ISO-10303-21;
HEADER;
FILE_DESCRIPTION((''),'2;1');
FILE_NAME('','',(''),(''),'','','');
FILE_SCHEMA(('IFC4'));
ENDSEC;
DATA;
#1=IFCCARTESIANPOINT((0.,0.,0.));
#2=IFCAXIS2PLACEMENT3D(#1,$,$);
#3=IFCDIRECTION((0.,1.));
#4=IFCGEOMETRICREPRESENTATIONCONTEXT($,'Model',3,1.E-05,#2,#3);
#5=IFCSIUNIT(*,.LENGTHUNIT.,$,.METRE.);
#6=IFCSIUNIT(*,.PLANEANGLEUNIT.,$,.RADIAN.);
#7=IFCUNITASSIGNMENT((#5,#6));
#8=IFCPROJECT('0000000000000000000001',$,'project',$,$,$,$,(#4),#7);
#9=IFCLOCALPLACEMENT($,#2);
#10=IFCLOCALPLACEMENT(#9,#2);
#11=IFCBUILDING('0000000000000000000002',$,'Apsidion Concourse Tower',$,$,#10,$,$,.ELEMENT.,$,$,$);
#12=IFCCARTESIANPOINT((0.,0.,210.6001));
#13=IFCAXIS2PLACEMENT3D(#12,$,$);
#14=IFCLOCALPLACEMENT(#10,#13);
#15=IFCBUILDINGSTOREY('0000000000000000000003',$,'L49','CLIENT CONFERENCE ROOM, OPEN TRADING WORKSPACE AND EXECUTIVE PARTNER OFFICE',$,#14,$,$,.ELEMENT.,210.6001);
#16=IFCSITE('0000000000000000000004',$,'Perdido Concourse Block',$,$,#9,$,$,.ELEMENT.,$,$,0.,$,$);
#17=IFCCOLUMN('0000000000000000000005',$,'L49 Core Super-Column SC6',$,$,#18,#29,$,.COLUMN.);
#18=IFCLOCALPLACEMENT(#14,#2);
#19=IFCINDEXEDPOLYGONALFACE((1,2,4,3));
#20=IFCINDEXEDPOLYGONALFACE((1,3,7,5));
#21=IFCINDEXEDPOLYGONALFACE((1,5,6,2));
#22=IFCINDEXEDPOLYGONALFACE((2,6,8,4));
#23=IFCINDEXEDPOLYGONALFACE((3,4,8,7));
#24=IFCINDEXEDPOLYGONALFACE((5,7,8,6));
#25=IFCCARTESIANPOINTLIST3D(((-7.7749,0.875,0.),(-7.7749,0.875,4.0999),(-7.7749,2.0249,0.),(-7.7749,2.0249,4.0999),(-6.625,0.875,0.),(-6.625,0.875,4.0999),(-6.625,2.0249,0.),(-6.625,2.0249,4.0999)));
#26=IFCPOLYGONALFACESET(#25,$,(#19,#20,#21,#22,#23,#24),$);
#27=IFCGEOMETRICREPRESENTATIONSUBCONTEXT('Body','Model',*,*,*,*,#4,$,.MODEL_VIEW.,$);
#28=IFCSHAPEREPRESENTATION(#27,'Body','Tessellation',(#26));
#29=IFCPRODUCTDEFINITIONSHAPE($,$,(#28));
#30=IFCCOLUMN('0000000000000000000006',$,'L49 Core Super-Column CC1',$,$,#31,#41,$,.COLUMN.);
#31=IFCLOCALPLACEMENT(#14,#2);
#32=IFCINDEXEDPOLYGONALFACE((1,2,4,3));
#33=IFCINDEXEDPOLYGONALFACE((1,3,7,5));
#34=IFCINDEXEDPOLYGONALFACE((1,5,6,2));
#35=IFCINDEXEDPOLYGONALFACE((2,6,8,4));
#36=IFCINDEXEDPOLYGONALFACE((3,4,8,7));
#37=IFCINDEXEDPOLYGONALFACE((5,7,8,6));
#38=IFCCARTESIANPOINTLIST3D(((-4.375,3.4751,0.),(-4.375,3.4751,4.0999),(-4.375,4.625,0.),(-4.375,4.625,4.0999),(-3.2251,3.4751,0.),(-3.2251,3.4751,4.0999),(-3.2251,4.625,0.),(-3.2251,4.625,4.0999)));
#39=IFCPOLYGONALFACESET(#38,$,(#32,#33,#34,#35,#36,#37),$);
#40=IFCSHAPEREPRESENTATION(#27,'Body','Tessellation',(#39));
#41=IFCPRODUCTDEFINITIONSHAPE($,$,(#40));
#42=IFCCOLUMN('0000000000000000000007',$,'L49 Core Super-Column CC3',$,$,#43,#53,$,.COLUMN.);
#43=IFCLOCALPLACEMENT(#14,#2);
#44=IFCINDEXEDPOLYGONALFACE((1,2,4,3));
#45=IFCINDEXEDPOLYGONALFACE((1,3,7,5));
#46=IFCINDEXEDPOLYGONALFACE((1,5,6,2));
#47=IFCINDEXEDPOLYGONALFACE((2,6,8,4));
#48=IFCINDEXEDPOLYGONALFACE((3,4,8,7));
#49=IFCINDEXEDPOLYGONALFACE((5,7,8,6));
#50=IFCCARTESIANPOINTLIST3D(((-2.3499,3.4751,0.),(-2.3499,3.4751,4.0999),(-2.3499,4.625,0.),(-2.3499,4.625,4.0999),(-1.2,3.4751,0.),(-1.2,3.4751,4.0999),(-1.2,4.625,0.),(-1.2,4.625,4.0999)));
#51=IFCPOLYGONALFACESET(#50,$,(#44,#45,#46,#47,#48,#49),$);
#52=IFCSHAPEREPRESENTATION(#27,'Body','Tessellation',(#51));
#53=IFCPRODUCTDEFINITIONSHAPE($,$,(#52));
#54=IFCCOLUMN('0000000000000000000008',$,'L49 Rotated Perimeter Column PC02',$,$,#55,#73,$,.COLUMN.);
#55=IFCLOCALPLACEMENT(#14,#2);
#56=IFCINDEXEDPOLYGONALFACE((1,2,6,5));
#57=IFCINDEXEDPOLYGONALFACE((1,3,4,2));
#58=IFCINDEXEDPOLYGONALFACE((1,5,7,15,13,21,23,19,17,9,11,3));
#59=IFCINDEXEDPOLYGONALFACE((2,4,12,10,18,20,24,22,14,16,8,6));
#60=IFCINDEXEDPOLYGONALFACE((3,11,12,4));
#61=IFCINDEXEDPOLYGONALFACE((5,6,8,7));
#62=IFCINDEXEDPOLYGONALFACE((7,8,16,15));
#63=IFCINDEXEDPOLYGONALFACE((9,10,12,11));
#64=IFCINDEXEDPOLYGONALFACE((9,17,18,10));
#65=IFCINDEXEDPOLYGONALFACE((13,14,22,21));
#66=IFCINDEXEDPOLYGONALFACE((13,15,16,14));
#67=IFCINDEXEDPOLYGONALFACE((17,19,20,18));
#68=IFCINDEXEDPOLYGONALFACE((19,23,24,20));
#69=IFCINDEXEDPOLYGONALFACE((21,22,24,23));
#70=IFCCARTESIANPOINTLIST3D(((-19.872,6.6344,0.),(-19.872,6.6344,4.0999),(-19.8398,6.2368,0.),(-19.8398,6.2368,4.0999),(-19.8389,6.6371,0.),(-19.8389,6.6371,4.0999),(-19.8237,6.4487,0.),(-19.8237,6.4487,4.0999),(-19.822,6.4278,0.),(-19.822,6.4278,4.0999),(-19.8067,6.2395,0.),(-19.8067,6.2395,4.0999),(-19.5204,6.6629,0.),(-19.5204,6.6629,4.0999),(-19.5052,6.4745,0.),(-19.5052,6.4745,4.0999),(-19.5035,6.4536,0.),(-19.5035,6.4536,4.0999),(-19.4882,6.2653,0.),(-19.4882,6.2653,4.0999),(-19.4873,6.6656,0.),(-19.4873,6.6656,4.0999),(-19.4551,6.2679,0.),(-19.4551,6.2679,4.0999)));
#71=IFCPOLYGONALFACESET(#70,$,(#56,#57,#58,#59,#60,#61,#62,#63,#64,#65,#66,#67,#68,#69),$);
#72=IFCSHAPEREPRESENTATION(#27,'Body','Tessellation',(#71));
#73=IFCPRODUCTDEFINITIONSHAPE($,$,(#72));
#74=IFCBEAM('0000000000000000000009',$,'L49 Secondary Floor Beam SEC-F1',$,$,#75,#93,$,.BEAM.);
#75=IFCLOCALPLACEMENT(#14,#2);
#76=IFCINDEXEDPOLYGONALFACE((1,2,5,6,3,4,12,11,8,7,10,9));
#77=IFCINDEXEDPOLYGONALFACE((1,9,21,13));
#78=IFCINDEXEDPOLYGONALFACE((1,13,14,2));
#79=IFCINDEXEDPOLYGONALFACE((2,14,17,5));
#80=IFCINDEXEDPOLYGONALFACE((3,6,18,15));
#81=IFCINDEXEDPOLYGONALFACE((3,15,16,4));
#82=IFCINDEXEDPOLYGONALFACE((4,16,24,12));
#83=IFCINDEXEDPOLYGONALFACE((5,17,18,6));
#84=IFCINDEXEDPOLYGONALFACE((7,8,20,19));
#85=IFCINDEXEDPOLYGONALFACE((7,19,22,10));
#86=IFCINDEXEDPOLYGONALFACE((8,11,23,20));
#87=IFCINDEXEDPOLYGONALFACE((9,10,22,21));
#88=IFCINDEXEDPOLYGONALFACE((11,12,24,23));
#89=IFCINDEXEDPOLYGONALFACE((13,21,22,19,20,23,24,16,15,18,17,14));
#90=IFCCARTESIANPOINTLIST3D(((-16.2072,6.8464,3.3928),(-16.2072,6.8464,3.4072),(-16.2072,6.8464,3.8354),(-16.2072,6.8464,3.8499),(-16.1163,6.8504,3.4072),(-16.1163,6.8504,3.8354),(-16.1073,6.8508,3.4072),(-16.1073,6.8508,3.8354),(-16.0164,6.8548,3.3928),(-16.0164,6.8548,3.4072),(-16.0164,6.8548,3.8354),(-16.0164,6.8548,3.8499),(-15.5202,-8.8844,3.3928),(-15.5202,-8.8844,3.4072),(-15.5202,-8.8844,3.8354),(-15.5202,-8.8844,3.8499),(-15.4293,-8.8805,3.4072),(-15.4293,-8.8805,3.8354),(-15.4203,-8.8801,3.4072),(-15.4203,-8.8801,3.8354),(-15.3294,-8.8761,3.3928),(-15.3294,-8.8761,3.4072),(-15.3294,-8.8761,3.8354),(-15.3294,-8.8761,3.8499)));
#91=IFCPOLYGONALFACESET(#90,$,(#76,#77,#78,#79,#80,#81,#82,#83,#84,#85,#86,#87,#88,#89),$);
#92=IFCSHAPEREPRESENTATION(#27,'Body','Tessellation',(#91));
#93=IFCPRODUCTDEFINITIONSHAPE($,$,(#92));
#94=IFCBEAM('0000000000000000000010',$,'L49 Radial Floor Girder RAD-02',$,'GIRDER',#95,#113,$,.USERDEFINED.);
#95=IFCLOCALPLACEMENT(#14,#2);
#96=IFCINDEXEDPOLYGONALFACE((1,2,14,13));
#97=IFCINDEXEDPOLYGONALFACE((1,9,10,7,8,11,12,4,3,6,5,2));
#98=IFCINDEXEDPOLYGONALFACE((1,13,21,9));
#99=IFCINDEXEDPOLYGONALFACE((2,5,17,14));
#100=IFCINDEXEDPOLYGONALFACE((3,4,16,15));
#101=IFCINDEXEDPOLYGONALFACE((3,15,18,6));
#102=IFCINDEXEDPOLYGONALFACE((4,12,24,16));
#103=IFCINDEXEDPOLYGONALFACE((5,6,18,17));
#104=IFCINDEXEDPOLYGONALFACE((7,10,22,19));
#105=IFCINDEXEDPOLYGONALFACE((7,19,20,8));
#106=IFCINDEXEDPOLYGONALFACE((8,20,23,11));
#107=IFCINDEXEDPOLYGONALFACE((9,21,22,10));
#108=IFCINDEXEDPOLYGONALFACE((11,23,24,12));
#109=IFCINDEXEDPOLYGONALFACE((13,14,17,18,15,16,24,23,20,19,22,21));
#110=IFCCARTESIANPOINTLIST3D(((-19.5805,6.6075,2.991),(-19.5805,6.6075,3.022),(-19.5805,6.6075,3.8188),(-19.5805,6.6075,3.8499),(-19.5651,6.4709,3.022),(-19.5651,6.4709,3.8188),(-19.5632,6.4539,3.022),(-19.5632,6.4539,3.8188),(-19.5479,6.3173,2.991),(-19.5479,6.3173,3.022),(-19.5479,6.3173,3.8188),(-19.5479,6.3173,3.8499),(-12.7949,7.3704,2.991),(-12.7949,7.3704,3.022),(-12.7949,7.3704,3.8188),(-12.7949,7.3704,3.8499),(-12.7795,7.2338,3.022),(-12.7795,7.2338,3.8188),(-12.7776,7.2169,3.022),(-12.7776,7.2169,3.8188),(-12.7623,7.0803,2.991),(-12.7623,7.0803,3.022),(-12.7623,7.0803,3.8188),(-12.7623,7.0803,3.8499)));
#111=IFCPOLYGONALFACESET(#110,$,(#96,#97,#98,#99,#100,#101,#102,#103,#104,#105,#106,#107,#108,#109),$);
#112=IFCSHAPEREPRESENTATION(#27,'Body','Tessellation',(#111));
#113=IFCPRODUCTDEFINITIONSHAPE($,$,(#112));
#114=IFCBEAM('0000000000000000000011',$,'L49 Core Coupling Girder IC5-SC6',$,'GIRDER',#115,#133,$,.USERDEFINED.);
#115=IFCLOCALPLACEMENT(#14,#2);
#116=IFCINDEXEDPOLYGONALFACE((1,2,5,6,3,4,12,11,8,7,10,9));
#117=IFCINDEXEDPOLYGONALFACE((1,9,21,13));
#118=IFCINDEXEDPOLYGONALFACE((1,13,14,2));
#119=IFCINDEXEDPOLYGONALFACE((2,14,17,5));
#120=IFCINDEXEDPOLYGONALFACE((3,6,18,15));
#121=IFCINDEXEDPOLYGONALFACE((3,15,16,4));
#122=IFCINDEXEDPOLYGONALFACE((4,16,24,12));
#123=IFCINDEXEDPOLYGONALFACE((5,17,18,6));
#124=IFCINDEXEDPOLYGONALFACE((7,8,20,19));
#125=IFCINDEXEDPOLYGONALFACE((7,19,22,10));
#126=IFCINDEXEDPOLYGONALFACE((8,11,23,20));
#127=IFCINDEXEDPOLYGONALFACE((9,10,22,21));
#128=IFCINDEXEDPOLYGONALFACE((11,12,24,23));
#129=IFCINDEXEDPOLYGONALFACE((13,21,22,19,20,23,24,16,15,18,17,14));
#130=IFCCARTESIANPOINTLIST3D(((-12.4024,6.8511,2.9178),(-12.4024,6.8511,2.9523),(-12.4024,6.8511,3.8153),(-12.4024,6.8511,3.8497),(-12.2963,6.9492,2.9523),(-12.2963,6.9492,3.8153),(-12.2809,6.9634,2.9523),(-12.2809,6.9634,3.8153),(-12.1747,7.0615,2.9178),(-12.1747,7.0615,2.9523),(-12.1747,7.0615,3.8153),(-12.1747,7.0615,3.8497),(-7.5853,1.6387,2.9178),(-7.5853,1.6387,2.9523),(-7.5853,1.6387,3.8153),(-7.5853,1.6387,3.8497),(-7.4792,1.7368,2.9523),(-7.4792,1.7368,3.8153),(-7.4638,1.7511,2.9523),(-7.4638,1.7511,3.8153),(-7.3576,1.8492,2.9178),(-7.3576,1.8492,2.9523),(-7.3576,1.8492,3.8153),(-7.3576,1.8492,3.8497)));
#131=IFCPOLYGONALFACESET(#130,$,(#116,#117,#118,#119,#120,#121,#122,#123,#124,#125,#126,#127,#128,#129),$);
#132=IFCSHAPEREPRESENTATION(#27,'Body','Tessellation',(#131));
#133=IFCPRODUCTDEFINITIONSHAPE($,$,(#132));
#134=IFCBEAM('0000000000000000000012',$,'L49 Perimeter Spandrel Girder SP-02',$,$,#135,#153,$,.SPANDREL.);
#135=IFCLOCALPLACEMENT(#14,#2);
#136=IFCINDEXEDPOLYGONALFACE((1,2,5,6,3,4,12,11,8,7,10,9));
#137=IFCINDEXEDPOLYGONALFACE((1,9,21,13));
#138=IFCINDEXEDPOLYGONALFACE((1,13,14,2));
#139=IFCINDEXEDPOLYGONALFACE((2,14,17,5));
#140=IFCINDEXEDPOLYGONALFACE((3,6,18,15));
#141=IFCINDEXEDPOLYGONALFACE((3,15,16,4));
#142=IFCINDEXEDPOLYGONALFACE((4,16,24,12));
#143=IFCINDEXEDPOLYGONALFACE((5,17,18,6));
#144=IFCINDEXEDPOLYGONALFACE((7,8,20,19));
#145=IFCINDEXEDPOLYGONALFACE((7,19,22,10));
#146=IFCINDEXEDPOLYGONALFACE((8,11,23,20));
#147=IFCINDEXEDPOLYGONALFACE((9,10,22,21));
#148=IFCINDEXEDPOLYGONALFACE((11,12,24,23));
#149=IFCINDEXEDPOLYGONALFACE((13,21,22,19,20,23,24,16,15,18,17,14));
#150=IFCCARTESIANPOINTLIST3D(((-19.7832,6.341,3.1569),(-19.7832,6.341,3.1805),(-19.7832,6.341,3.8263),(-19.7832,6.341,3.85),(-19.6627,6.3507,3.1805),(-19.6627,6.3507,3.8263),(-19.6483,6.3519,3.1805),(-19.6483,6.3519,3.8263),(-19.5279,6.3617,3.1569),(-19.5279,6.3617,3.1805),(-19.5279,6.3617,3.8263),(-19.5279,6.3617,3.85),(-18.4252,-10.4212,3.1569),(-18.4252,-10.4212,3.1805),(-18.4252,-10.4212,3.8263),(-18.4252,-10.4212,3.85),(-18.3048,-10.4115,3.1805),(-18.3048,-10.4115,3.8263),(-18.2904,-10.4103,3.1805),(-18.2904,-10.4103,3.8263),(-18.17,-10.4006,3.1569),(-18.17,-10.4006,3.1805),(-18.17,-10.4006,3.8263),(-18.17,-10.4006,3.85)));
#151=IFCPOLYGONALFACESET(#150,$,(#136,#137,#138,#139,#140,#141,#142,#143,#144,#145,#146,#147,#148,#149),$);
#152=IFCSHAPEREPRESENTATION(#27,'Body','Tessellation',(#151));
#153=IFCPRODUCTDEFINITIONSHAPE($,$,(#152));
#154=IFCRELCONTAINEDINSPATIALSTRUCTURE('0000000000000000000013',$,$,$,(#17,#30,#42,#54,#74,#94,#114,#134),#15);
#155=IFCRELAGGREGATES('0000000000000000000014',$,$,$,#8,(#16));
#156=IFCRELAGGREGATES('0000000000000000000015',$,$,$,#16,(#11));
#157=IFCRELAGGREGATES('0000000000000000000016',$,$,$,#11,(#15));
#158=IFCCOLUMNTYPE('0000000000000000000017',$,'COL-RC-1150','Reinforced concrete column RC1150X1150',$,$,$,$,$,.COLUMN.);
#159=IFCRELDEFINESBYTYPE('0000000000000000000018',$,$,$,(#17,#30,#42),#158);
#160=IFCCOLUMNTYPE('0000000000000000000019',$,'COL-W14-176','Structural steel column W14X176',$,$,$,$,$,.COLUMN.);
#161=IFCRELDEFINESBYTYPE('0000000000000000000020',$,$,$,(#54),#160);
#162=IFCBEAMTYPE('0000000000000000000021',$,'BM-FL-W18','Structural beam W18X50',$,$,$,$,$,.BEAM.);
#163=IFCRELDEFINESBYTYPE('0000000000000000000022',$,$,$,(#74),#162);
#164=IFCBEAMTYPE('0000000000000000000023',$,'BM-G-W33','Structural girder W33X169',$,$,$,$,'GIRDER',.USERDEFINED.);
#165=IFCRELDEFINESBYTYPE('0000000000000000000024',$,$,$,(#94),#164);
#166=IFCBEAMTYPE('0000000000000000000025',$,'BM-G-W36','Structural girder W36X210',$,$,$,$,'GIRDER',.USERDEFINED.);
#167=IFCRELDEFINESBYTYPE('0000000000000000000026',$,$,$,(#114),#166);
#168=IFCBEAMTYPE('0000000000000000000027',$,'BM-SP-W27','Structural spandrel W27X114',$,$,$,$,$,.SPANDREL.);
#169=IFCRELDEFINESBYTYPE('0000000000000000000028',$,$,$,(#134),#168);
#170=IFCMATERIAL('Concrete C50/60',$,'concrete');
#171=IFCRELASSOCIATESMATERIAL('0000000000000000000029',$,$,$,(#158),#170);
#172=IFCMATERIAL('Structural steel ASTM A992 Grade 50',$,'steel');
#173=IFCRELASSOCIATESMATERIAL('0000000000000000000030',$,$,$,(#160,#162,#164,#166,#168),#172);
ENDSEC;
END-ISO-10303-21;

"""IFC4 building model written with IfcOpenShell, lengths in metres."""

from ifc_helpers import new_model, si_unit, direction, frame, origin, origin_2d, place, context, subcontext, project, spatial, rectangle, i_section, extrude, material, material_profile, profile_set, type_object, element, save


model = new_model("IFC4")

# Units and contexts
model_context = context("Model", 3, precision=1e-05, world=origin(), true_north=direction((0.0, 1.0)))
body_context = subcontext(model_context, "Body", "Model", "MODEL_VIEW")
ifc_project = project(units=[si_unit("LENGTHUNIT", "METRE"), si_unit("PLANEANGLEUNIT", "RADIAN")], contexts=[model_context])

# Site, building, storey
site_placement = place(None, origin())
site = spatial("IfcSite", under=ifc_project, at=site_placement, Name="Perdido Concourse Block", CompositionType="ELEMENT", RefElevation=0.0)
building_placement = place(site_placement, origin())
building = spatial("IfcBuilding", under=site, at=building_placement, Name="Apsidion Concourse Tower", CompositionType="ELEMENT")
storey_placement = place(building_placement, frame((0.0, 0.0, 210.6001)))
storey = spatial("IfcBuildingStorey", under=building, at=storey_placement, Name="L49", Description="CLIENT CONFERENCE ROOM, OPEN TRADING WORKSPACE AND EXECUTIVE PARTNER OFFICE", CompositionType="ELEMENT", Elevation=210.6001)

# Columns
ifc_material_1 = material(Name="Concrete C50/60", Category="concrete")
ifc_material_profile_1 = material_profile(ifc_material_1, rectangle(XDim=1.1499, YDim=1.1499, at=origin_2d()), Name="RC 1150x1150")
ifc_profile_set_1 = profile_set([ifc_material_profile_1], Name="Concrete C50/60")
column_type_1 = type_object("IfcColumnType", Name="COL-RC-1150", Description="Reinforced concrete column RC1150X1150", PredefinedType="COLUMN", material=ifc_profile_set_1)
for number, where, z_axis, x_axis, name in (
    (1, (-7.2, 1.45, 0.0), (0.0, 0.0, 1.0), (1.0, 0.0, 0.0), "L49 Core Super-Column SC6"),
    (2, (-3.8, 4.05, 0.0), (0.0, 0.0, 1.0), (1.0, 0.0, 0.0), "L49 Core Super-Column CC1"),
    (3, (-1.7749, 4.05, 0.0), (0.0, 0.0, 1.0), (1.0, 0.0, 0.0), "L49 Core Super-Column CC3"),
):
    element("IfcColumn", number, at=place(storey_placement, frame(where, z_axis=z_axis, x_axis=x_axis)), inside=storey, type_object=column_type_1, Name=name, PredefinedType="COLUMN", context=body_context, shape_type="SweptSolid", body=[
        extrude(rectangle(XDim=1.1499, YDim=1.1499, at=origin_2d()), origin(), (0.0, 0.0, 1.0), 4.0999),
    ])
ifc_material_2 = material(Name="Structural steel ASTM A992 Grade 50", Category="steel")
ifc_material_profile_2 = material_profile(ifc_material_2, i_section(OverallWidth=0.3989, OverallDepth=0.386, WebThickness=0.021, FlangeThickness=0.0332, at=origin_2d()), Name="W14X176")
ifc_profile_set_2 = profile_set([ifc_material_profile_2], Name="Structural steel ASTM A992 Grade 50")
column_type_2 = type_object("IfcColumnType", Name="COL-W14-176", Description="Structural steel column W14X176", PredefinedType="COLUMN", material=ifc_profile_set_2)
column_placement = place(storey_placement, frame((-19.6636, 6.4512, 0.0), z_axis=(0.0, 0.0, 1.0), x_axis=(-0.080721, 0.996737, 0.0)))
element("IfcColumn", 4, at=column_placement, inside=storey, type_object=column_type_2, Name="L49 Rotated Perimeter Column PC02", PredefinedType="COLUMN", context=body_context, shape_type="SweptSolid", body=[
    extrude(i_section(OverallWidth=0.3989, OverallDepth=0.386, WebThickness=0.021, FlangeThickness=0.0332, at=origin_2d()), origin(), (0.0, 0.0, 1.0), 4.0999),
])

# Beams
ifc_material_profile_3 = material_profile(ifc_material_2, i_section(OverallWidth=0.1909, OverallDepth=0.457, WebThickness=0.009, FlangeThickness=0.0144, at=origin_2d()), Name="W18X50")
ifc_profile_set_3 = profile_set([ifc_material_profile_3], Name="Structural steel ASTM A992 Grade 50")
beam_type_1 = type_object("IfcBeamType", Name="BM-FL-W18", Description="Structural beam W18X50", PredefinedType="BEAM", material=ifc_profile_set_3)
beam_1_placement = place(storey_placement, frame((-16.1118, 6.8506, 3.6213), z_axis=(0.043631, -0.999048, 0.0), x_axis=(0.999048, 0.043631, 0.0)))
element("IfcBeam", 5, at=beam_1_placement, inside=storey, type_object=beam_type_1, Name="L49 Secondary Floor Beam SEC-F1", PredefinedType="BEAM", context=body_context, shape_type="SweptSolid", body=[
    extrude(i_section(OverallWidth=0.1909, OverallDepth=0.457, WebThickness=0.009, FlangeThickness=0.0144, at=origin_2d()), origin(), (0.0, 0.0, 1.0), 15.7458),
])
ifc_material_profile_4 = material_profile(ifc_material_2, i_section(OverallWidth=0.292, OverallDepth=0.8589, WebThickness=0.0171, FlangeThickness=0.031, at=origin_2d()), Name="W33X169")
ifc_profile_set_4 = profile_set([ifc_material_profile_4], Name="Structural steel ASTM A992 Grade 50")
beam_type_2 = type_object("IfcBeamType", Name="BM-G-W33", Description="Structural girder W33X169", ElementType="GIRDER", PredefinedType="USERDEFINED", material=ifc_profile_set_4)
beam_2_placement = place(storey_placement, frame((-12.7786, 7.2253, 3.4204), z_axis=(-0.993739, -0.11173, 0.0), x_axis=(0.11173, -0.993739, 0.0)))
element("IfcBeam", 6, at=beam_2_placement, inside=storey, type_object=beam_type_2, Name="L49 Radial Floor Girder RAD-02", ObjectType="GIRDER", PredefinedType="USERDEFINED", context=body_context, shape_type="SweptSolid", body=[
    extrude(i_section(OverallWidth=0.292, OverallDepth=0.8589, WebThickness=0.0171, FlangeThickness=0.031, at=origin_2d()), origin(), (0.0, 0.0, 1.0), 6.8284),
])
ifc_material_profile_5 = material_profile(ifc_material_2, i_section(OverallWidth=0.3101, OverallDepth=0.9319, WebThickness=0.021, FlangeThickness=0.0344, at=origin_2d()), Name="W36X210")
ifc_profile_set_5 = profile_set([ifc_material_profile_5], Name="Structural steel ASTM A992 Grade 50")
beam_type_3 = type_object("IfcBeamType", Name="BM-G-W36", Description="Structural girder W36X210", ElementType="GIRDER", PredefinedType="USERDEFINED", material=ifc_profile_set_5)
beam_3_placement = place(storey_placement, frame((-12.2886, 6.9563, 3.3838), z_axis=(0.678713, -0.734404, 0.0), x_axis=(0.734404, 0.678713, 0.0)))
element("IfcBeam", 7, at=beam_3_placement, inside=storey, type_object=beam_type_3, Name="L49 Core Coupling Girder IC5-SC6", ObjectType="GIRDER", PredefinedType="USERDEFINED", context=body_context, shape_type="SweptSolid", body=[
    extrude(i_section(OverallWidth=0.3101, OverallDepth=0.9319, WebThickness=0.021, FlangeThickness=0.0344, at=origin_2d()), origin(), (0.0, 0.0, 1.0), 7.0974),
])
ifc_material_profile_6 = material_profile(ifc_material_2, i_section(OverallWidth=0.2561, OverallDepth=0.6931, WebThickness=0.0144, FlangeThickness=0.0237, at=origin_2d()), Name="W27X114")
ifc_profile_set_6 = profile_set([ifc_material_profile_6], Name="Structural steel ASTM A992 Grade 50")
beam_type_4 = type_object("IfcBeamType", Name="BM-SP-W27", Description="Structural spandrel W27X114", PredefinedType="SPANDREL", material=ifc_profile_set_6)
beam_4_placement = place(storey_placement, frame((-19.6555, 6.3513, 3.5034), z_axis=(0.080746, -0.996735, 0.0), x_axis=(0.996735, 0.080746, 0.0)))
element("IfcBeam", 8, at=beam_4_placement, inside=storey, type_object=beam_type_4, Name="L49 Perimeter Spandrel Girder SP-02", PredefinedType="SPANDREL", context=body_context, shape_type="SweptSolid", body=[
    extrude(i_section(OverallWidth=0.2561, OverallDepth=0.6931, WebThickness=0.0144, FlangeThickness=0.0237, at=origin_2d()), origin(), (0.0, 0.0, 1.0), 16.8171),
])

save(model, "model.ifc")
